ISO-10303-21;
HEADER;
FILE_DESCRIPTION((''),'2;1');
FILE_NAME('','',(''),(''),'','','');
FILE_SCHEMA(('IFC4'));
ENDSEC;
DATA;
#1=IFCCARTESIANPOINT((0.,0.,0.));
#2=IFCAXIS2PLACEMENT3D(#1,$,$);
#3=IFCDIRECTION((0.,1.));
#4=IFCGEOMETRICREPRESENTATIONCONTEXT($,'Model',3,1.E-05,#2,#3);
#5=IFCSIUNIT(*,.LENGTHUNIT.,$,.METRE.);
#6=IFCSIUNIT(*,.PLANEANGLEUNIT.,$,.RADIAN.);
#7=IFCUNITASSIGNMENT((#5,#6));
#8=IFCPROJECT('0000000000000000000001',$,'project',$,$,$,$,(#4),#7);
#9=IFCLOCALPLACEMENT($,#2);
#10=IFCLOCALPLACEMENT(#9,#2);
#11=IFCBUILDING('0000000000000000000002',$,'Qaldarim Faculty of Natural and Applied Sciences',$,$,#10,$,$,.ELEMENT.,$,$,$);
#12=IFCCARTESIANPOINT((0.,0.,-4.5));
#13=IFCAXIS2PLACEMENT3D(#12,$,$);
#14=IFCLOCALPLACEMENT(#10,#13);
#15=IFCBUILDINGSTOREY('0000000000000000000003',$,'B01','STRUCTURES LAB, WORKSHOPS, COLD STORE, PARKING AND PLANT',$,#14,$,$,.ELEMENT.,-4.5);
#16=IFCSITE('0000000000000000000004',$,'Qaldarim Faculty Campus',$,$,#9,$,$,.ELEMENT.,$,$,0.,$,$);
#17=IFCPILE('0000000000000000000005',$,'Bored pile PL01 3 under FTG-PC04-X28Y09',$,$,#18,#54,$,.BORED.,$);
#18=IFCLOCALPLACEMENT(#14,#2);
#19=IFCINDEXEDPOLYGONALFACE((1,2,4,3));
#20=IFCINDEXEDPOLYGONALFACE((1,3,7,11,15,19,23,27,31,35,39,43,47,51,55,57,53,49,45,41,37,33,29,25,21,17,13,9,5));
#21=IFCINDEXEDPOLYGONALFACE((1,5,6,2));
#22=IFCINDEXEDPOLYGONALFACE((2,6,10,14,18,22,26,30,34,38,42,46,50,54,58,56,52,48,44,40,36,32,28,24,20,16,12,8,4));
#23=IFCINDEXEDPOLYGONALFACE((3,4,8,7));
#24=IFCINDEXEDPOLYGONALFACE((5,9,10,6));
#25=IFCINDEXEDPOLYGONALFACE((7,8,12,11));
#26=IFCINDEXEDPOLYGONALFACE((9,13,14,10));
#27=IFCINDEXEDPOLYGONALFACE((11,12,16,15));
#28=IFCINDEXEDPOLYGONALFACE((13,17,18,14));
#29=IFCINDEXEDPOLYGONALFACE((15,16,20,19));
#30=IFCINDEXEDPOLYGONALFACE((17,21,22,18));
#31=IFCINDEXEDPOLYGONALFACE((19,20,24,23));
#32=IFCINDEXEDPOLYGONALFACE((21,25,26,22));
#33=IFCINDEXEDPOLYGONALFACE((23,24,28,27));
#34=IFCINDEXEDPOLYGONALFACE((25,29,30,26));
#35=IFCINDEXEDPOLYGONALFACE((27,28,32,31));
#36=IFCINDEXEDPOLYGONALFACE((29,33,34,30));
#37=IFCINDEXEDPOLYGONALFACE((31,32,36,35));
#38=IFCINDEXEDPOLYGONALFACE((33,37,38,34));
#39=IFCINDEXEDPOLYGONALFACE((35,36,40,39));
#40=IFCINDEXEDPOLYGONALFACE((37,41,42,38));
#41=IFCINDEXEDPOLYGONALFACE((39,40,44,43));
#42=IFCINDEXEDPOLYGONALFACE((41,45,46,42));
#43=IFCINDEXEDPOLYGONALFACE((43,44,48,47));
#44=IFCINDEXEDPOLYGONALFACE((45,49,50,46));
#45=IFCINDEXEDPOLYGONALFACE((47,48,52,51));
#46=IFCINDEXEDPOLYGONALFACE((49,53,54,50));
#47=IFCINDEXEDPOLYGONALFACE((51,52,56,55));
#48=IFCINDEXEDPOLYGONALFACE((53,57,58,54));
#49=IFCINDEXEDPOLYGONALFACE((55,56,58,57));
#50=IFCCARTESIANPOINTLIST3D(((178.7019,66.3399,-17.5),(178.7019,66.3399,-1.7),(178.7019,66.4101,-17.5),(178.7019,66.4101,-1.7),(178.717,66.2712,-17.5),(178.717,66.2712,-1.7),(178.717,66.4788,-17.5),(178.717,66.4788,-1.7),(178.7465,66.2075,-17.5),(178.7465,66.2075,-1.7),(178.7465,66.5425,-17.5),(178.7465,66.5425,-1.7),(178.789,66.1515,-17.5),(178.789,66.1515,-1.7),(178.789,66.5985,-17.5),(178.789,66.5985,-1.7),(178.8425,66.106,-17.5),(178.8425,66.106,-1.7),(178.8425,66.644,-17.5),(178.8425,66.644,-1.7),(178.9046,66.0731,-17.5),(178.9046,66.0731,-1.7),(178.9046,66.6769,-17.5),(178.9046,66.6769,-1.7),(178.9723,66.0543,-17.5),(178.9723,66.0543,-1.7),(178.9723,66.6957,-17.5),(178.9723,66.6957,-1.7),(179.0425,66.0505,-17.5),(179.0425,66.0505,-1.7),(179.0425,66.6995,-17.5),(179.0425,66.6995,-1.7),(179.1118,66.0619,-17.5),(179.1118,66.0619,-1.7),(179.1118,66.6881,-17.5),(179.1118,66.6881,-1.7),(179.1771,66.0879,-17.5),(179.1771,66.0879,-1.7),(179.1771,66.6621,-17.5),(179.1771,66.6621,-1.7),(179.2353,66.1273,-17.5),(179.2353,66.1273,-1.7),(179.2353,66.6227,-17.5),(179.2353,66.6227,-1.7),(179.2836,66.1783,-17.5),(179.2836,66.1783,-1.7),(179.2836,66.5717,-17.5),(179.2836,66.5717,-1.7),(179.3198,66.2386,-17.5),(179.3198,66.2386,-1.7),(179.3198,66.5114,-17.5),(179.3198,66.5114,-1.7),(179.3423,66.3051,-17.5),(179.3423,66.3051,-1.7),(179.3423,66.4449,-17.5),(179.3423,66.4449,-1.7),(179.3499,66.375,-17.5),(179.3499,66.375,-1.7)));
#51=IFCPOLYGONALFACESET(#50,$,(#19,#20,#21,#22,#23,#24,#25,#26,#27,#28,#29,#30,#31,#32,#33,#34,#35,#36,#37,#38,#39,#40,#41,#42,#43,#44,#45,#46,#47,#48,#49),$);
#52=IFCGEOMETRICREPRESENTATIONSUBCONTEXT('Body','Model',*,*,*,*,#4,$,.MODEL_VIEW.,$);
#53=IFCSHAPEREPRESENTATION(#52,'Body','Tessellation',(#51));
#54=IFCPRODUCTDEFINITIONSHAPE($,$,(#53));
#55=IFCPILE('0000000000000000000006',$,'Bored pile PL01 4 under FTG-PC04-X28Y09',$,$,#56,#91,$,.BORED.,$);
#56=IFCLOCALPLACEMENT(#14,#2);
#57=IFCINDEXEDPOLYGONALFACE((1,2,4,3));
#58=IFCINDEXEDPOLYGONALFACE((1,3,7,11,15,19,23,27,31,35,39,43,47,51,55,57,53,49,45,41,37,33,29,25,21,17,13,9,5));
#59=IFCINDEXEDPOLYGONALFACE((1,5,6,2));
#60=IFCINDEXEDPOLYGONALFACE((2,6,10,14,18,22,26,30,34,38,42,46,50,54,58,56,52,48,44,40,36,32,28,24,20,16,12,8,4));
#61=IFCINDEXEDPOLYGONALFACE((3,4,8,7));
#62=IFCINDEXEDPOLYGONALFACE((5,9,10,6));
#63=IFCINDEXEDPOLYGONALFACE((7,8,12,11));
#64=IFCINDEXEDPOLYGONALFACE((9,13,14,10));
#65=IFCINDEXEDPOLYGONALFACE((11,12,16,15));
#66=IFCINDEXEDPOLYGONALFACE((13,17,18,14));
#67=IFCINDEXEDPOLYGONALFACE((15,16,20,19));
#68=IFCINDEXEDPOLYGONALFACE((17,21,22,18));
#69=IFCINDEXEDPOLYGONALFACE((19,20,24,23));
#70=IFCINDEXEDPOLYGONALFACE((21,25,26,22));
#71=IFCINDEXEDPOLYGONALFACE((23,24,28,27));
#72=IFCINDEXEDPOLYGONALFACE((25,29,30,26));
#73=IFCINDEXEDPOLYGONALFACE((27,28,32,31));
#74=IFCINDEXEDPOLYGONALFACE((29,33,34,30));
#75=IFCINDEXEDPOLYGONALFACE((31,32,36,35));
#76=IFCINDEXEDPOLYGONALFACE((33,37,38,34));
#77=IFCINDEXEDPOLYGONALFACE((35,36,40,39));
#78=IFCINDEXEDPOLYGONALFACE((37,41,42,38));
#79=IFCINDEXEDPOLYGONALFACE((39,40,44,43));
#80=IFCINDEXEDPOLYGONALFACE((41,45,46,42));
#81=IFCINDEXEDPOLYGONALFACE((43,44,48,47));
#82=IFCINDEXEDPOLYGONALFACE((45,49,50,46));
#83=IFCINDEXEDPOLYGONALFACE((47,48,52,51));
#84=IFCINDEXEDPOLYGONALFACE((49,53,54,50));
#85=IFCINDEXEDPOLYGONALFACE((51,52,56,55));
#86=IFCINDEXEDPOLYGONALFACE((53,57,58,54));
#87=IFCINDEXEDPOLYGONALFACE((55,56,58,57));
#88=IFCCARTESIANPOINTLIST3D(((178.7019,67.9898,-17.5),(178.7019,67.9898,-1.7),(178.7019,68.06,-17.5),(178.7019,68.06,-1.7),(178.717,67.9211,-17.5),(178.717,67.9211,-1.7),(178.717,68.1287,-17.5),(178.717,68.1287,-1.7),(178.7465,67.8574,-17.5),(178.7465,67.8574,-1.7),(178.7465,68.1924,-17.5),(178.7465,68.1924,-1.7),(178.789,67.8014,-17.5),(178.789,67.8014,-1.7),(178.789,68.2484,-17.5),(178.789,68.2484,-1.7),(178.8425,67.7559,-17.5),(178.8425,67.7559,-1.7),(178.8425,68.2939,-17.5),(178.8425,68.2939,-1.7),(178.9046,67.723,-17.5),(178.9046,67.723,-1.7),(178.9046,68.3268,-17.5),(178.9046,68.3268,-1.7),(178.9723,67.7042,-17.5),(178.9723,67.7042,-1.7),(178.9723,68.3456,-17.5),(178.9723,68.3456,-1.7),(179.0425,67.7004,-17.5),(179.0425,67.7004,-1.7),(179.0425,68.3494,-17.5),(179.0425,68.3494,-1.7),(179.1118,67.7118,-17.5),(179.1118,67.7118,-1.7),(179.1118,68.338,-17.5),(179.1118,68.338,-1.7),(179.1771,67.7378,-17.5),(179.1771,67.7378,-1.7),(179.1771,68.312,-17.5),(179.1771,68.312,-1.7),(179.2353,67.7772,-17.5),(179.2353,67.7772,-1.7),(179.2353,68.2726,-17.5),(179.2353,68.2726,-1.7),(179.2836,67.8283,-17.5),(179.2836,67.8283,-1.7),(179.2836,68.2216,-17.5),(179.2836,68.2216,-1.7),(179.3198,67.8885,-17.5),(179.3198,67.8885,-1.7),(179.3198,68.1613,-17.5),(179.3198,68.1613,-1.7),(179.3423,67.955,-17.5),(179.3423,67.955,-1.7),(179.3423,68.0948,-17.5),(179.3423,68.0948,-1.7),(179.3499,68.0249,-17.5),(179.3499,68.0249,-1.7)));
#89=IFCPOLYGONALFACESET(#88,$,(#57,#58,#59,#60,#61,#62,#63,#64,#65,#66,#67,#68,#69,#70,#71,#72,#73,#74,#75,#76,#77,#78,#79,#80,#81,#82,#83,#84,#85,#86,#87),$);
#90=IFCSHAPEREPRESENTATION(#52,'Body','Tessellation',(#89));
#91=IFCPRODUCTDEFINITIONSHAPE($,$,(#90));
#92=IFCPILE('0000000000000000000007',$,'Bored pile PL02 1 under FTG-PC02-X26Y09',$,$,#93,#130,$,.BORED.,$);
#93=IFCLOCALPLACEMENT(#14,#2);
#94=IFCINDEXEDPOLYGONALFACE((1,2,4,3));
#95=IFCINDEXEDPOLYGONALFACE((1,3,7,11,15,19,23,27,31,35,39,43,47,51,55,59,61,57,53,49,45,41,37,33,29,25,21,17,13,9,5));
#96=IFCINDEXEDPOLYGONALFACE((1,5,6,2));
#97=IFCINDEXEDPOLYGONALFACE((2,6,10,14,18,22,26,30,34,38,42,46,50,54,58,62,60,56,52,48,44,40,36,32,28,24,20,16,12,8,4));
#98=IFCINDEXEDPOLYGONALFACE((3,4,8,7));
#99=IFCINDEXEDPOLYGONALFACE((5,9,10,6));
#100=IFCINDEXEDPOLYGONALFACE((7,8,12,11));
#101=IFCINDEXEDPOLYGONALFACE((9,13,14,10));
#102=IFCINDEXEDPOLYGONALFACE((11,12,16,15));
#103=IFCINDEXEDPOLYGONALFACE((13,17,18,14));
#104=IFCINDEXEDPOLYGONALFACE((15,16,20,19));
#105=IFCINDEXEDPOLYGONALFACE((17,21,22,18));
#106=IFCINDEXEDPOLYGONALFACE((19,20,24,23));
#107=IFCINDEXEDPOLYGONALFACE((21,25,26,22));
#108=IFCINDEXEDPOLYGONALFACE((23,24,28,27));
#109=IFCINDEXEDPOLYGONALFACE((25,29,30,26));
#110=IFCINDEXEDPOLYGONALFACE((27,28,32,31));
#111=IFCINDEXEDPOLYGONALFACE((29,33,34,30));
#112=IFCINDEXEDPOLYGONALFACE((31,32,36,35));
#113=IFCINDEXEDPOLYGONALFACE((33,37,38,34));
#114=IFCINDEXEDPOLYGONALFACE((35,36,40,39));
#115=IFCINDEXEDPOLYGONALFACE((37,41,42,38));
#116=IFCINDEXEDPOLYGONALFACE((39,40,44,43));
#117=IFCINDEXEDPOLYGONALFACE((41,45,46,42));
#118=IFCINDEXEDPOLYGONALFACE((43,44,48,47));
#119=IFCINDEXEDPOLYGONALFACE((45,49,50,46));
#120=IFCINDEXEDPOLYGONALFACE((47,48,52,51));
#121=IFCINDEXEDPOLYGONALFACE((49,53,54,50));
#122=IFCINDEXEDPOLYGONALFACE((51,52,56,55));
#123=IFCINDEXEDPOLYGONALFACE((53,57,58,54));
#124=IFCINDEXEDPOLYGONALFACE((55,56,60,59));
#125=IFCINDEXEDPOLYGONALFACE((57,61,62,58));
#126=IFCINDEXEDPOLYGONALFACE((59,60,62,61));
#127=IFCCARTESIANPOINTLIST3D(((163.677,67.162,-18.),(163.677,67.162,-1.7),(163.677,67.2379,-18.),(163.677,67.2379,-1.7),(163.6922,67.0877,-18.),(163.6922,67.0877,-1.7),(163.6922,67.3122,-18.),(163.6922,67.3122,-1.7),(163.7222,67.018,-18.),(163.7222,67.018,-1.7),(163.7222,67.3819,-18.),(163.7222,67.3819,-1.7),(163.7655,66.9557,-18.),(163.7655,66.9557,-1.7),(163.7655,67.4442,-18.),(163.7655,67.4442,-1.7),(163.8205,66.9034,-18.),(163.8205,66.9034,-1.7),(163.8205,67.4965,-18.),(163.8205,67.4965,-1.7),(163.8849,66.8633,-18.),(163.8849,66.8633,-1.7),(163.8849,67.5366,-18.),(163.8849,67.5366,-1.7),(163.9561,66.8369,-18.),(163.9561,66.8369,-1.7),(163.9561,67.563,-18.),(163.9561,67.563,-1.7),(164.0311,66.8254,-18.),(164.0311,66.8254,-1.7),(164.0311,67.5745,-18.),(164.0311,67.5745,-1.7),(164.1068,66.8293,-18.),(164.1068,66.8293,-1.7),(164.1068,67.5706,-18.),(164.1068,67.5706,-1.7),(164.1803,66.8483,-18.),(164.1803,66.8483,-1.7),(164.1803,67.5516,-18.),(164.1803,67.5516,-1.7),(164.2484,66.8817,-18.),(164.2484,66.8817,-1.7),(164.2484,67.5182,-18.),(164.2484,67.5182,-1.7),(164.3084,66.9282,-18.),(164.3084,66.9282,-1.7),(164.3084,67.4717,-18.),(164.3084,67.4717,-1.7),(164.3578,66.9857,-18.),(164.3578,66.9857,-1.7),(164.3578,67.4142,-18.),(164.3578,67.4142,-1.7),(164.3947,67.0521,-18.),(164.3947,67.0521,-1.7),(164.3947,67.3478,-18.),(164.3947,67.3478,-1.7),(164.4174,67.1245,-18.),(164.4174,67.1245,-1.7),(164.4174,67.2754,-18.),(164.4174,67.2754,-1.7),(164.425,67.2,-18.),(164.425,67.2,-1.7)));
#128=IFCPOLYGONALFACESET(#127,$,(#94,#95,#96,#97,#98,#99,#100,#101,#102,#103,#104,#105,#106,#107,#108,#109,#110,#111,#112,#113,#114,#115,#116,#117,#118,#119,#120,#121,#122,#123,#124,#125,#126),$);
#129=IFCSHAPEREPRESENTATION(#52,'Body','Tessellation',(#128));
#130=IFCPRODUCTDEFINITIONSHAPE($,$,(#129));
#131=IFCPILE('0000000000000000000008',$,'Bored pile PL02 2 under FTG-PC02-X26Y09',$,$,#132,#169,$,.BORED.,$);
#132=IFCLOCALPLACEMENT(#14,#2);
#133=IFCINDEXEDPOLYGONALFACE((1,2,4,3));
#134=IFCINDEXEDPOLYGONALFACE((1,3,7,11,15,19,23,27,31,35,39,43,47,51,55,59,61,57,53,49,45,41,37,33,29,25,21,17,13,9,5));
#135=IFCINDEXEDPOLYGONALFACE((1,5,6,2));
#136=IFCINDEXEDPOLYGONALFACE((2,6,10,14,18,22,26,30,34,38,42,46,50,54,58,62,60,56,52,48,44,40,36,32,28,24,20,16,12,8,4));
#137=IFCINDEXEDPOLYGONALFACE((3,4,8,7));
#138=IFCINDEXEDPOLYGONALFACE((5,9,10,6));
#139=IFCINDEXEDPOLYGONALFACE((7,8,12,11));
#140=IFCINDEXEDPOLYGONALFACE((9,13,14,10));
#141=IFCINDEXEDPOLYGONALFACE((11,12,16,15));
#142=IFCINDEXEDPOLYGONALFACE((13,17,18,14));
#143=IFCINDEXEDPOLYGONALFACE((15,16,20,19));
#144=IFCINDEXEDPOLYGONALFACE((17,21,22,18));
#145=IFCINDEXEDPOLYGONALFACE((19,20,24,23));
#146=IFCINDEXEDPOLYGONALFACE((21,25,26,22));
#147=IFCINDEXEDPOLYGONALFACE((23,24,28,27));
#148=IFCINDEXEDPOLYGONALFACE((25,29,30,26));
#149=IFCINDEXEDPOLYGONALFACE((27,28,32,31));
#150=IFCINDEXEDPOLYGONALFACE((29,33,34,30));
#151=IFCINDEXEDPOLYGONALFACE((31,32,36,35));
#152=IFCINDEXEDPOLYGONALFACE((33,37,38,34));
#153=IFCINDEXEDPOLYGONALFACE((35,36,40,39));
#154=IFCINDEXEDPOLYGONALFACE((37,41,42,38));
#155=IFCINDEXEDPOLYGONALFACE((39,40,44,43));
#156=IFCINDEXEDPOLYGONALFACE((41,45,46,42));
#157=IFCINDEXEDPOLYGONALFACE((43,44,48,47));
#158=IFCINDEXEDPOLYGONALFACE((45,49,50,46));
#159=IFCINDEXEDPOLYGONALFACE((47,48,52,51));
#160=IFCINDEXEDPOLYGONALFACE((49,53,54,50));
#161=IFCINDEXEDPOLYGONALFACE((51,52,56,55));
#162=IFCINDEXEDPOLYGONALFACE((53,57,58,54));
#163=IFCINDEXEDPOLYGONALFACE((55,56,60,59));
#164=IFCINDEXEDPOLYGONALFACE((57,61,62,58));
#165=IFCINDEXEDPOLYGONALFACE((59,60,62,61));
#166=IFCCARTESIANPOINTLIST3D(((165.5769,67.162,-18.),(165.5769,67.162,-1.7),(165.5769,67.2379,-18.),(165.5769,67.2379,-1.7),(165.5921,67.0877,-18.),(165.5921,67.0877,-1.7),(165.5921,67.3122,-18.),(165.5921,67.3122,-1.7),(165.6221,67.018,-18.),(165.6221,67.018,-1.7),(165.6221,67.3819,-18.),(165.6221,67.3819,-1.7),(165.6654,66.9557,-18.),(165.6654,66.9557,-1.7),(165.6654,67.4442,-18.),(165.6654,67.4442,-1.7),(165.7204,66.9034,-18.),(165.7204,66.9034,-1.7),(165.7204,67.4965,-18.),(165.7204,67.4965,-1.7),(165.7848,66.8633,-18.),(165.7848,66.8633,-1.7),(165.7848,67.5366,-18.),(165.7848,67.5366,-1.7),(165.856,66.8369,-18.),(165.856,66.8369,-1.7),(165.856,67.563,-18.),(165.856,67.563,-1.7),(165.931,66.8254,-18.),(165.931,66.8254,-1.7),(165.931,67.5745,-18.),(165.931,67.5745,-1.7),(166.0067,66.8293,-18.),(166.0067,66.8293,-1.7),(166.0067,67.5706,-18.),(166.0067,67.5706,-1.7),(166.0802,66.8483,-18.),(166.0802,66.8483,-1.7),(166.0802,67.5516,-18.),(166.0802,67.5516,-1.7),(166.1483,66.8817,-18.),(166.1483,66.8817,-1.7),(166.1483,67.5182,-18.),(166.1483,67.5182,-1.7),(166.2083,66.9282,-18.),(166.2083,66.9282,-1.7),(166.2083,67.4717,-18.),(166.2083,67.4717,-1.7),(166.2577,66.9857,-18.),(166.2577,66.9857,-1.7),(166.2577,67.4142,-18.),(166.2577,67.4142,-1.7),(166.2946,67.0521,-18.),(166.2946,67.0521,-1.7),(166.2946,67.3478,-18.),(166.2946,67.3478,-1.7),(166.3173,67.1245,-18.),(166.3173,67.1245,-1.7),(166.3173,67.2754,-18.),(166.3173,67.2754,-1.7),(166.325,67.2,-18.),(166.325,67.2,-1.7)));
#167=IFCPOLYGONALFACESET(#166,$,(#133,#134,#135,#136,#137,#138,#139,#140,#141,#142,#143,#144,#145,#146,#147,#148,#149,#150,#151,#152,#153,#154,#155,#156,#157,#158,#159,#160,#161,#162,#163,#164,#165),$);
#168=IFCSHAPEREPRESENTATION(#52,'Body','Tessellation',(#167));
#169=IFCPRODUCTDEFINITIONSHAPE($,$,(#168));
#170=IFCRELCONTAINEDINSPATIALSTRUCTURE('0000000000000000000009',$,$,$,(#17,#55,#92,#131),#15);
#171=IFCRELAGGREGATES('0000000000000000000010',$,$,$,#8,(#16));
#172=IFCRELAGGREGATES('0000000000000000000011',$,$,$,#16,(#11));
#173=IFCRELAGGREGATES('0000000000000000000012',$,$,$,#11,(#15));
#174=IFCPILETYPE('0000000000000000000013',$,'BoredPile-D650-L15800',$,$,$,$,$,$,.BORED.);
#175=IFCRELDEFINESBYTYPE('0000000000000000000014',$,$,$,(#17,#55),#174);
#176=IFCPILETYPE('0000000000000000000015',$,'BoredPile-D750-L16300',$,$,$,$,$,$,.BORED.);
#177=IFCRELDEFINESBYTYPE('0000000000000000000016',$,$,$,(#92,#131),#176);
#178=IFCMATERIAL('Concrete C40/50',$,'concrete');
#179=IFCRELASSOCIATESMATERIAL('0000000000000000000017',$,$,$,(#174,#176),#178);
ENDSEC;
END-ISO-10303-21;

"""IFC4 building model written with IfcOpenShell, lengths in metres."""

from ifc_helpers import new_model, si_unit, direction, frame, origin, origin_2d, place, context, subcontext, project, spatial, circle, extrude, material, material_profile, profile_set, type_object, element, save


model = new_model("IFC4")

# Units and contexts
model_context = context("Model", 3, precision=1e-05, world=origin(), true_north=direction((0.0, 1.0)))
body_context = subcontext(model_context, "Body", "Model", "MODEL_VIEW")
ifc_project = project(units=[si_unit("LENGTHUNIT", "METRE"), si_unit("PLANEANGLEUNIT", "RADIAN")], contexts=[model_context])

# Site, building, storey
site_placement = place(None, origin())
site = spatial("IfcSite", under=ifc_project, at=site_placement, Name="Qaldarim Faculty Campus", CompositionType="ELEMENT", RefElevation=0.0)
building_placement = place(site_placement, origin())
building = spatial("IfcBuilding", under=site, at=building_placement, Name="Qaldarim Faculty of Natural and Applied Sciences", CompositionType="ELEMENT")
storey_placement = place(building_placement, frame((0.0, 0.0, -4.5)))
storey = spatial("IfcBuildingStorey", under=building, at=storey_placement, Name="B01", Description="STRUCTURES LAB, WORKSHOPS, COLD STORE, PARKING AND PLANT", CompositionType="ELEMENT", Elevation=-4.5)

# Piles
ifc_material_1 = material(Name="Concrete C40/50", Category="concrete")
ifc_material_profile_1 = material_profile(ifc_material_1, circle(Radius=0.325, at=origin_2d()), Name="PILE-D650")
ifc_profile_set_1 = profile_set([ifc_material_profile_1], Name="Concrete C40/50")
pile_type_1 = type_object("IfcPileType", Name="BoredPile-D650-L15800", PredefinedType="BORED", material=ifc_profile_set_1)
for number, where, z_axis, x_axis, name in (
    (1, (179.0249, 66.375, -1.7), (0.0, 0.0, -1.0), (1.0, 0.0, 0.0), "Bored pile PL01 3 under FTG-PC04-X28Y09"),
    (2, (179.0249, 68.0249, -1.7), (0.0, 0.0, -1.0), (1.0, 0.0, 0.0), "Bored pile PL01 4 under FTG-PC04-X28Y09"),
):
    element("IfcPile", number, at=place(storey_placement, frame(where, z_axis=z_axis, x_axis=x_axis)), inside=storey, type_object=pile_type_1, Name=name, PredefinedType="BORED", context=body_context, shape_type="SweptSolid", body=[
        extrude(circle(Radius=0.325, at=origin_2d()), origin(), (0.0, 0.0, 1.0), 15.8),
    ])
ifc_material_profile_2 = material_profile(ifc_material_1, circle(Radius=0.375, at=origin_2d()), Name="PILE-D750")
ifc_profile_set_2 = profile_set([ifc_material_profile_2], Name="Concrete C40/50")
pile_type_2 = type_object("IfcPileType", Name="BoredPile-D750-L16300", PredefinedType="BORED", material=ifc_profile_set_2)
for number, where, z_axis, x_axis, name in (
    (3, (164.05, 67.2, -1.7), (0.0, 0.0, -1.0), (1.0, 0.0, 0.0), "Bored pile PL02 1 under FTG-PC02-X26Y09"),
    (4, (165.95, 67.2, -1.7), (0.0, 0.0, -1.0), (1.0, 0.0, 0.0), "Bored pile PL02 2 under FTG-PC02-X26Y09"),
):
    element("IfcPile", number, at=place(storey_placement, frame(where, z_axis=z_axis, x_axis=x_axis)), inside=storey, type_object=pile_type_2, Name=name, PredefinedType="BORED", context=body_context, shape_type="SweptSolid", body=[
        extrude(circle(Radius=0.375, at=origin_2d()), origin(), (0.0, 0.0, 1.0), 16.3),
    ])

save(model, "model.ifc")
